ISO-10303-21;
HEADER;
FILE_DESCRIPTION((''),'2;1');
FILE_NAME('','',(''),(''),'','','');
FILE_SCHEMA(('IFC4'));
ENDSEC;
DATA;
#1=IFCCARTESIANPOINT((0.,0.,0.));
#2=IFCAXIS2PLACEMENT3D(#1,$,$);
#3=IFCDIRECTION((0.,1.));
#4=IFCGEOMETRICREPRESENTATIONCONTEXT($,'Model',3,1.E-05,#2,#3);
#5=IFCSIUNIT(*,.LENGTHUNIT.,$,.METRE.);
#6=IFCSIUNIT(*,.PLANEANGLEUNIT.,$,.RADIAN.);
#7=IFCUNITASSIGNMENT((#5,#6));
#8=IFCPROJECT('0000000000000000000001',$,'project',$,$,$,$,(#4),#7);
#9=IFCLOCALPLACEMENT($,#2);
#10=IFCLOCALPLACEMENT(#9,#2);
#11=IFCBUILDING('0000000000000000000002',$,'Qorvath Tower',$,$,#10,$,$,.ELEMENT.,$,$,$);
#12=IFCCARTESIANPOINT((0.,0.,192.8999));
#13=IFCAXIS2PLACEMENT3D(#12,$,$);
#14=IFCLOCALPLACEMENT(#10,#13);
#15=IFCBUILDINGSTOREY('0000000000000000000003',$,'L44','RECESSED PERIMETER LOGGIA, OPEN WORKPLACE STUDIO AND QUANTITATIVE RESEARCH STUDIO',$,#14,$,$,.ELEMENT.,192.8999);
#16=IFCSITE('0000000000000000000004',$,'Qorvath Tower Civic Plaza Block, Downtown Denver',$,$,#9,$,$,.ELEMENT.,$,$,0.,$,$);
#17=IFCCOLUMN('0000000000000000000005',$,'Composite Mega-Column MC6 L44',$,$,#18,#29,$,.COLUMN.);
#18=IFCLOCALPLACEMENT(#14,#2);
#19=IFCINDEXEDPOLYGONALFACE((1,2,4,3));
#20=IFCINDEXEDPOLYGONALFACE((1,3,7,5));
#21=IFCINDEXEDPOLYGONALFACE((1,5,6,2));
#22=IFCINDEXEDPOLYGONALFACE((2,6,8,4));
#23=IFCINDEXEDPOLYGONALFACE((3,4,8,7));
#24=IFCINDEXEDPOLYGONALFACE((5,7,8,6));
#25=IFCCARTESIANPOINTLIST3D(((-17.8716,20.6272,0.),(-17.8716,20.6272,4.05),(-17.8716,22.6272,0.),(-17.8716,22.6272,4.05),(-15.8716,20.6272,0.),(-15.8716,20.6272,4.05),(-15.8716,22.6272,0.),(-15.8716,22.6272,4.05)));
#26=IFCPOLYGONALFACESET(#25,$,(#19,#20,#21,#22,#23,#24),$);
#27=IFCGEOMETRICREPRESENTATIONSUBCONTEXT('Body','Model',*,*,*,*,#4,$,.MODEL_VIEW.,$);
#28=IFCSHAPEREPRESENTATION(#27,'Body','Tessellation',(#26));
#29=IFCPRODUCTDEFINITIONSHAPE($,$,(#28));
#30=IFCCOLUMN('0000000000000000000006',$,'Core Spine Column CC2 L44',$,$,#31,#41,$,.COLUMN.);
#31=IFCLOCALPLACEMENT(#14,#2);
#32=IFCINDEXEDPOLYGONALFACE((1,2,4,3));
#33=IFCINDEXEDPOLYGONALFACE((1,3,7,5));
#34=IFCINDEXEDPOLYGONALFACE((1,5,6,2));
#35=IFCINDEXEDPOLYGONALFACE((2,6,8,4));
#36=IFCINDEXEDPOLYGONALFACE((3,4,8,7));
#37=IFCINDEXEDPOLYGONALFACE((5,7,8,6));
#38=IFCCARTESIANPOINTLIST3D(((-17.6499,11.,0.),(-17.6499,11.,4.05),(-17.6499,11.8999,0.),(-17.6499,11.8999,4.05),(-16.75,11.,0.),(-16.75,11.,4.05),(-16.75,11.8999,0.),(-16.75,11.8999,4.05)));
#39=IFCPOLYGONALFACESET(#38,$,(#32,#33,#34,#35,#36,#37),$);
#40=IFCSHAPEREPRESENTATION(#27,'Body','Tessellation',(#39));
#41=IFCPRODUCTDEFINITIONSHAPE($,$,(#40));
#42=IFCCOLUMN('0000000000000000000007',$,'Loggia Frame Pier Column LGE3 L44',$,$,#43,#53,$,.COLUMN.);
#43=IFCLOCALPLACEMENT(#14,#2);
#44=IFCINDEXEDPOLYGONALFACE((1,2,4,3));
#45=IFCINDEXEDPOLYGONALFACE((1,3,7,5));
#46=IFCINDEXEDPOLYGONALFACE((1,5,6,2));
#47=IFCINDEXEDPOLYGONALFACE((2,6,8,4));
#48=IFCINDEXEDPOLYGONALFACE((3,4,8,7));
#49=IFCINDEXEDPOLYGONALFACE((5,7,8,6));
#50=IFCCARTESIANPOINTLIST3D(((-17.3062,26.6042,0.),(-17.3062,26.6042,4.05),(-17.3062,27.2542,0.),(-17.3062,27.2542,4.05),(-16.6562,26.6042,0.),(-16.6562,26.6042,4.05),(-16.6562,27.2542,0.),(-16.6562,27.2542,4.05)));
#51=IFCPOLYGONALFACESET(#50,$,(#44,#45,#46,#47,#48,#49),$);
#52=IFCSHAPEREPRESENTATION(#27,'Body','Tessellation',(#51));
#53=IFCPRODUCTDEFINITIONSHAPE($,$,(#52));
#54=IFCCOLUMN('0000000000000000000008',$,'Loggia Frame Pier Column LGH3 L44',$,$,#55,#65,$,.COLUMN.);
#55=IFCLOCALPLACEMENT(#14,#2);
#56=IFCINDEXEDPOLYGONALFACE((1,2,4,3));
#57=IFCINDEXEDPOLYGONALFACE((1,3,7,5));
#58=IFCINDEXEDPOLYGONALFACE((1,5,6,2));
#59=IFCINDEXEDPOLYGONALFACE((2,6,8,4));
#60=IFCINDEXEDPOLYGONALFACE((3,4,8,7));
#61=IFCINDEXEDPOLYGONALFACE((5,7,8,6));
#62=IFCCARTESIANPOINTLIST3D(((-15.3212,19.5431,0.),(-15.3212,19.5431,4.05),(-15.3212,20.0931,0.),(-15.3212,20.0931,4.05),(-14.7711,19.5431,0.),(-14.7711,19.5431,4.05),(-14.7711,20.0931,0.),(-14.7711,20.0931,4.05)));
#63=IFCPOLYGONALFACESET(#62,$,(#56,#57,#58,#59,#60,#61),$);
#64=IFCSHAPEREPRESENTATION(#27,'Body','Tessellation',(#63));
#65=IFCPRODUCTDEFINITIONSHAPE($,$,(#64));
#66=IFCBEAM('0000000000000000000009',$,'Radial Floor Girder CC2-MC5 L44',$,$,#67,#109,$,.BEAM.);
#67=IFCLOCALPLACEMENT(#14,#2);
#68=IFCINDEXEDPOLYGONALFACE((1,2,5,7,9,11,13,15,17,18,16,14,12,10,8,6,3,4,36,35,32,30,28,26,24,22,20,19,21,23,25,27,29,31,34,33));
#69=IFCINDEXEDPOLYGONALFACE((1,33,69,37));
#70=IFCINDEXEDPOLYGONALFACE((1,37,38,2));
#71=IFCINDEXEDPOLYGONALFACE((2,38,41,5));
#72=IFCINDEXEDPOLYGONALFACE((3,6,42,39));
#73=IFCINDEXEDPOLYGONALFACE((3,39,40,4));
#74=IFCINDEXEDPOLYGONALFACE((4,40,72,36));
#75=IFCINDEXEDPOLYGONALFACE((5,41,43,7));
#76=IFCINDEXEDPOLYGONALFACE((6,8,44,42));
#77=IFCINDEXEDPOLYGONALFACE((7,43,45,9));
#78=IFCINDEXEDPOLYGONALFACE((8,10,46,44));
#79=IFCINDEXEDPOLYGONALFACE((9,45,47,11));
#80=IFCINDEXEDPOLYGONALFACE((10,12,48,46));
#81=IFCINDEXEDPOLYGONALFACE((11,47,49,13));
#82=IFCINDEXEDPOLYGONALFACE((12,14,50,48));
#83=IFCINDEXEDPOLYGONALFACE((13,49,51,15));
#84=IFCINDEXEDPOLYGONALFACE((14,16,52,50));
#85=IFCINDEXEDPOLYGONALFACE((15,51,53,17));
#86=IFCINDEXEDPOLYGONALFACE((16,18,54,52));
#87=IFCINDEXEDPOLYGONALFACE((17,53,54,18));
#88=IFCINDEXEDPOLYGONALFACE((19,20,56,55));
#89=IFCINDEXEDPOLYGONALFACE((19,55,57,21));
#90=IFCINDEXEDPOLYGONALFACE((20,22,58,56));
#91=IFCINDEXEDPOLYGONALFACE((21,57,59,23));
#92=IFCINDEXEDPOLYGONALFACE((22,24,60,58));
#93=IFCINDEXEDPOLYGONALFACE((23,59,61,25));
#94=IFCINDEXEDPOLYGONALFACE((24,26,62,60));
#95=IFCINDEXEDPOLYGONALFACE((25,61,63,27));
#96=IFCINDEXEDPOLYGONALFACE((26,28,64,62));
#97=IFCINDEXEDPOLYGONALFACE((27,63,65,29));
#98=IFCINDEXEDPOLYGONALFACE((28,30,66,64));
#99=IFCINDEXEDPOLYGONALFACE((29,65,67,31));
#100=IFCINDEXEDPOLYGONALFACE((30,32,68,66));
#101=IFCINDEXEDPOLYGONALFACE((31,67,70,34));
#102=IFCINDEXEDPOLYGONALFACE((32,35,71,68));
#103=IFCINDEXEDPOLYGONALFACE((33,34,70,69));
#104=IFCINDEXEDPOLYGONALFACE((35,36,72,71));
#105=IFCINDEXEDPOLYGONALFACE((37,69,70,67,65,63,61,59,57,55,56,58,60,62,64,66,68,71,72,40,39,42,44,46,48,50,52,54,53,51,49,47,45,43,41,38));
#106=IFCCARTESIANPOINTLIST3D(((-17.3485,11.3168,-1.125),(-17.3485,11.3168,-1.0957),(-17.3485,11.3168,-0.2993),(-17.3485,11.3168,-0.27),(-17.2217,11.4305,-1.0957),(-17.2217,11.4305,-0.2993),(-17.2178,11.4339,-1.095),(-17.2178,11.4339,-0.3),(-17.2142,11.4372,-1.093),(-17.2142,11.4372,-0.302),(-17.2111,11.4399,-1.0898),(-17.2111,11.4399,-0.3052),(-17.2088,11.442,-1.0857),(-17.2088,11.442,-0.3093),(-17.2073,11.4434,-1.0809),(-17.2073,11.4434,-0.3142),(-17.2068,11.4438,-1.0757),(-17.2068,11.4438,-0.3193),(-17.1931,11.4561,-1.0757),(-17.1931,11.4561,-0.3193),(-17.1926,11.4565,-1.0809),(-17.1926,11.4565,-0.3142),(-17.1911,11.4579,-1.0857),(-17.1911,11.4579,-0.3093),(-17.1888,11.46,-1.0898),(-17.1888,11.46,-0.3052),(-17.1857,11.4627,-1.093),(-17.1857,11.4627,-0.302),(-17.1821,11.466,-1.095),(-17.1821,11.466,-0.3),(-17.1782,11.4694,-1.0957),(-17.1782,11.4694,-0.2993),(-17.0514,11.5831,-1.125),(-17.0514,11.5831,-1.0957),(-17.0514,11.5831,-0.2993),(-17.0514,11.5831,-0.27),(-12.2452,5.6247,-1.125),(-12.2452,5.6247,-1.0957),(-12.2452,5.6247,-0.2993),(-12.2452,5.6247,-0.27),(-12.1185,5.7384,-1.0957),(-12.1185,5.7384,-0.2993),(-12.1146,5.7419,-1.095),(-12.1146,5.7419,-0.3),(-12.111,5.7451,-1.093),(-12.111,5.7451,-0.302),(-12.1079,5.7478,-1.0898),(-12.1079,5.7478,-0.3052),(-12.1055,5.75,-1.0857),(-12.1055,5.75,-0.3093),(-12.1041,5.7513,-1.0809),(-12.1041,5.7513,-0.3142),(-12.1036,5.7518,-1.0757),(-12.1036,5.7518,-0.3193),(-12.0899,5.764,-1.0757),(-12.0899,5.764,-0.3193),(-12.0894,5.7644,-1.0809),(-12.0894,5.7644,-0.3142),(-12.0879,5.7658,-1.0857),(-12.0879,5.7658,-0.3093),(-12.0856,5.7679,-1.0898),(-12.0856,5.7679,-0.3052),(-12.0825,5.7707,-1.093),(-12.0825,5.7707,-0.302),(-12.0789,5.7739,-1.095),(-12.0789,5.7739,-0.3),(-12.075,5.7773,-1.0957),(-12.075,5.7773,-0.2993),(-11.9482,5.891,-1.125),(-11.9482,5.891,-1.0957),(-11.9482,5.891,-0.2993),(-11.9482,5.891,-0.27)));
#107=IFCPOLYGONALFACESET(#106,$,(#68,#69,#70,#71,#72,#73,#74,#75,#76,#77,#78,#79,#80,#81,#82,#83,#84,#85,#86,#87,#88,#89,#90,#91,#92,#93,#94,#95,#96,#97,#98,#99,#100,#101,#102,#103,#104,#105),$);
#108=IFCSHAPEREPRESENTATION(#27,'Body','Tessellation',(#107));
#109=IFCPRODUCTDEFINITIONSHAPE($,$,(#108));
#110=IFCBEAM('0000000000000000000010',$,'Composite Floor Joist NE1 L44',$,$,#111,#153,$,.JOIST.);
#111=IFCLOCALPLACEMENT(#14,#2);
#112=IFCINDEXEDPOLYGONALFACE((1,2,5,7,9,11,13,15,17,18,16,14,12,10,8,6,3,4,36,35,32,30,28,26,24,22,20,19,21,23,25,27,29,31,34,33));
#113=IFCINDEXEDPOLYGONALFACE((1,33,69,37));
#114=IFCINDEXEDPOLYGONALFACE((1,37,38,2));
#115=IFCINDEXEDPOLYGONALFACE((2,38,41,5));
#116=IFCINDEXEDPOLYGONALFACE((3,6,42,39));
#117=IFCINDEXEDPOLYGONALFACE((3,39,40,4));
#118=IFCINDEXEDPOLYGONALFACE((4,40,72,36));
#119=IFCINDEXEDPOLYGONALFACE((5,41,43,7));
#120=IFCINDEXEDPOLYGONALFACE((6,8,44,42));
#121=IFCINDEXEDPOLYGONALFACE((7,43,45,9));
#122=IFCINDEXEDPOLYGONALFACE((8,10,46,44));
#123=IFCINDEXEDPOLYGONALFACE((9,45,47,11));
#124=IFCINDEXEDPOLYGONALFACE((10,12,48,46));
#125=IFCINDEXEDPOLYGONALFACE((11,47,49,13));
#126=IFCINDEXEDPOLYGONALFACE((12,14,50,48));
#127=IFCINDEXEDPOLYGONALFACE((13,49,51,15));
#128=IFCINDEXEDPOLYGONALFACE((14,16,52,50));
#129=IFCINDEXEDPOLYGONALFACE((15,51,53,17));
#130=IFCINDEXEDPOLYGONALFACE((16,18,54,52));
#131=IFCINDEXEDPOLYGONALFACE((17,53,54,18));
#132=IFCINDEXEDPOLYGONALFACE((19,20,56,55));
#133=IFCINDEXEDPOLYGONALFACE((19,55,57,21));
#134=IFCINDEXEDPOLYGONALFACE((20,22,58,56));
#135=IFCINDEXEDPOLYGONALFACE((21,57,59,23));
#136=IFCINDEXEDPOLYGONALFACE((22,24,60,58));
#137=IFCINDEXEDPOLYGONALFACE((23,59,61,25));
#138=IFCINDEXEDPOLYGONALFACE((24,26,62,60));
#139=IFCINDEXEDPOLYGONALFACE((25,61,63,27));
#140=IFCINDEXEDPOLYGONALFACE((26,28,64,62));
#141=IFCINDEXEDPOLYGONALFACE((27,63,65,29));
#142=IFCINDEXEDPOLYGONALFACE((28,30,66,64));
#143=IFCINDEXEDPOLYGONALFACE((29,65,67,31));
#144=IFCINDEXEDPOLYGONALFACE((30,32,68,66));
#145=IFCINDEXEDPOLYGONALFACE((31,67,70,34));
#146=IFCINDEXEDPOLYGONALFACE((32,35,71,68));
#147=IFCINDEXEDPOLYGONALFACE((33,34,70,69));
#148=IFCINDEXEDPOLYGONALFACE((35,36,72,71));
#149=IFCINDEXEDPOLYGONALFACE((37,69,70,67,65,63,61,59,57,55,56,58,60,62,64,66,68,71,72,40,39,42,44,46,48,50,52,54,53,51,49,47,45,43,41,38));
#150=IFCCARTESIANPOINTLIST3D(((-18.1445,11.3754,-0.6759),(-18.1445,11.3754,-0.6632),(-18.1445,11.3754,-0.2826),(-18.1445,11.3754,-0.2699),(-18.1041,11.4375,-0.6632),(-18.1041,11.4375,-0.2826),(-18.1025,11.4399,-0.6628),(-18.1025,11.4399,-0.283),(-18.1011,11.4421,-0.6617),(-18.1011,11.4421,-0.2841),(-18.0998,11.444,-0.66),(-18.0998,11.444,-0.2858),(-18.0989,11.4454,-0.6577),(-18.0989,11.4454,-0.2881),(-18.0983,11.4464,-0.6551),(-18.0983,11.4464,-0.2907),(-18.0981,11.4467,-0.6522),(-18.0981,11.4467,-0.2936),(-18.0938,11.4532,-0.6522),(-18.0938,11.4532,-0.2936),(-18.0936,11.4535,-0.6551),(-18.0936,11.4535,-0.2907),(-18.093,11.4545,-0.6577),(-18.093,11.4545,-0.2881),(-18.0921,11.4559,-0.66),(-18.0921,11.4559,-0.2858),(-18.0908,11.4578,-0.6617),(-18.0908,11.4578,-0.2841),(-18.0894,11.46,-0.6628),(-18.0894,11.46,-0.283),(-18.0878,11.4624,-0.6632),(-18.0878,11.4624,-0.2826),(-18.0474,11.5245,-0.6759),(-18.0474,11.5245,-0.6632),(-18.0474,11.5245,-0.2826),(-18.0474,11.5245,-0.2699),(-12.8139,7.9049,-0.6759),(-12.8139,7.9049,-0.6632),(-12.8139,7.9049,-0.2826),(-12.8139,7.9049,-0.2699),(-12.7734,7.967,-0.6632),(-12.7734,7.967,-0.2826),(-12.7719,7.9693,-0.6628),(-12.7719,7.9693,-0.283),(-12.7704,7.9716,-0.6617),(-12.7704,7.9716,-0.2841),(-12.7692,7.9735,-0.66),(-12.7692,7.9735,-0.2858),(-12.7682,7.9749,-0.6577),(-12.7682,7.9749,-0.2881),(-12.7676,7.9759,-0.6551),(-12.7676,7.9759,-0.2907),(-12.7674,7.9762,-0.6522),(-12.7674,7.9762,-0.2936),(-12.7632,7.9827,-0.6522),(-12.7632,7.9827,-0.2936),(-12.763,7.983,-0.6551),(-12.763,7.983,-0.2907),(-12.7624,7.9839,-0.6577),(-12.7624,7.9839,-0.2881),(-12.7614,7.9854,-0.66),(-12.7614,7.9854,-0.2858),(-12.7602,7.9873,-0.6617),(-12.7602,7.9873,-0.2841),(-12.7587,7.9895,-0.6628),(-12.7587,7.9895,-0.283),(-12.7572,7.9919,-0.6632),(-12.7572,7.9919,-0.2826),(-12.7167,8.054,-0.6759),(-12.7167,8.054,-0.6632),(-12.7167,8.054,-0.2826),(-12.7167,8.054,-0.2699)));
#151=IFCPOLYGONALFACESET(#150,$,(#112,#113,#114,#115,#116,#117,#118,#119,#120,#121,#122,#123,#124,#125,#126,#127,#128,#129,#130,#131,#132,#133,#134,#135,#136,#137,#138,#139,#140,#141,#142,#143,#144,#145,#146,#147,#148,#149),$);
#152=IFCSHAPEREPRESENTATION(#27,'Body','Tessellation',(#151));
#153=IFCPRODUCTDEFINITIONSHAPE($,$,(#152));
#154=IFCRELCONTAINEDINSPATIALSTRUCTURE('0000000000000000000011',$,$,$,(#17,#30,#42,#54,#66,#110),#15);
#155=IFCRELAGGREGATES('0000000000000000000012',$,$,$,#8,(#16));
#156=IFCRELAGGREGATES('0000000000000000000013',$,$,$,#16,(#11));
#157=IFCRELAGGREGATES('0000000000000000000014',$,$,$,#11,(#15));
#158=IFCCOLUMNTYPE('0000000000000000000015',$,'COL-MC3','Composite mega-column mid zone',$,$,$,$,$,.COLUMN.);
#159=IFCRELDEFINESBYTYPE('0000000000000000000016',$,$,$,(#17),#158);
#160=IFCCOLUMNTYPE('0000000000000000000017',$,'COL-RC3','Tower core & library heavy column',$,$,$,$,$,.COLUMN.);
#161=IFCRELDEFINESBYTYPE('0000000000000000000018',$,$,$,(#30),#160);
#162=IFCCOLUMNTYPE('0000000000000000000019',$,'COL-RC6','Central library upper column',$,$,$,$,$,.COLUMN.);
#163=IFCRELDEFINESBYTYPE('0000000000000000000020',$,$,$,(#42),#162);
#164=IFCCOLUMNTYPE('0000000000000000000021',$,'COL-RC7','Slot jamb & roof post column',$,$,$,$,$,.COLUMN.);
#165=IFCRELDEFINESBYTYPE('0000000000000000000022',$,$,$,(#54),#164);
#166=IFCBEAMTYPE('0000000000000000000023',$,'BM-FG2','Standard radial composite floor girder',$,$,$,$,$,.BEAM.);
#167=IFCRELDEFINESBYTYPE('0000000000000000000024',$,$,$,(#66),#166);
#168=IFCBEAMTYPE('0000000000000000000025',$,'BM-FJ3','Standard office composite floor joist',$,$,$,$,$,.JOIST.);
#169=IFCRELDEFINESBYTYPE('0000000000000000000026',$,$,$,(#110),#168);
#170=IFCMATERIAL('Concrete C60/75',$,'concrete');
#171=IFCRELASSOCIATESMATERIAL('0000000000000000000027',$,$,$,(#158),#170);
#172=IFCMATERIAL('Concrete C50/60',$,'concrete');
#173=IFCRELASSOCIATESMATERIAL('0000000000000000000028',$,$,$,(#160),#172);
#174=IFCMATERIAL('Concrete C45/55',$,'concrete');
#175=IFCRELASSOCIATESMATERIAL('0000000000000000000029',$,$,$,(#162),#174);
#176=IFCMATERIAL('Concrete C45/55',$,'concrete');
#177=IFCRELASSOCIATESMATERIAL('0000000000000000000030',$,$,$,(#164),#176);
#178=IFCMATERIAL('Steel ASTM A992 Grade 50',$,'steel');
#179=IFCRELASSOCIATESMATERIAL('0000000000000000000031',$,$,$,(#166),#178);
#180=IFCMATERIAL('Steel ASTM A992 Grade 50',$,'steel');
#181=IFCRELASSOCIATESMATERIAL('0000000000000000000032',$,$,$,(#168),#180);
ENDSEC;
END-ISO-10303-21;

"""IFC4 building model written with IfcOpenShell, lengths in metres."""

from ifc_helpers import new_model, si_unit, direction, frame, origin, origin_2d, place, context, subcontext, project, spatial, rectangle, i_section, extrude, material, material_profile, profile_set, type_object, element, save


model = new_model("IFC4")

# Units and contexts
model_context = context("Model", 3, precision=1e-05, world=origin(), true_north=direction((0.0, 1.0)))
body_context = subcontext(model_context, "Body", "Model", "MODEL_VIEW")
ifc_project = project(units=[si_unit("LENGTHUNIT", "METRE"), si_unit("PLANEANGLEUNIT", "RADIAN")], contexts=[model_context])

# Site, building, storey
site_placement = place(None, origin())
site = spatial("IfcSite", under=ifc_project, at=site_placement, Name="Qorvath Tower Civic Plaza Block, Downtown Denver", CompositionType="ELEMENT", RefElevation=0.0)
building_placement = place(site_placement, origin())
building = spatial("IfcBuilding", under=site, at=building_placement, Name="Qorvath Tower", CompositionType="ELEMENT")
storey_placement = place(building_placement, frame((0.0, 0.0, 192.8999)))
storey = spatial("IfcBuildingStorey", under=building, at=storey_placement, Name="L44", Description="RECESSED PERIMETER LOGGIA, OPEN WORKPLACE STUDIO AND QUANTITATIVE RESEARCH STUDIO", CompositionType="ELEMENT", Elevation=192.8999)

# Columns
ifc_material_1 = material(Name="Concrete C60/75", Category="concrete")
ifc_material_profile_1 = material_profile(ifc_material_1, rectangle(XDim=2.0, YDim=2.0, at=origin_2d()), Name="MC 2000x2000")
ifc_profile_set_1 = profile_set([ifc_material_profile_1], Name="Concrete C60/75")
column_type_1 = type_object("IfcColumnType", Name="COL-MC3", Description="Composite mega-column mid zone", PredefinedType="COLUMN", material=ifc_profile_set_1)
column_1_placement = place(storey_placement, frame((-16.8716, 21.6272, 0.0), z_axis=(0.0, 0.0, 1.0), x_axis=(1.0, 0.0, 0.0)))
element("IfcColumn", 1, at=column_1_placement, inside=storey, type_object=column_type_1, Name="Composite Mega-Column MC6 L44", PredefinedType="COLUMN", context=body_context, shape_type="SweptSolid", body=[
    extrude(rectangle(XDim=2.0, YDim=2.0, at=origin_2d()), origin(), (0.0, 0.0, 1.0), 4.05),
])
ifc_material_2 = material(Name="Concrete C50/60", Category="concrete")
ifc_material_profile_2 = material_profile(ifc_material_2, rectangle(XDim=0.8999, YDim=0.8999, at=origin_2d()), Name="RC 900x900")
ifc_profile_set_2 = profile_set([ifc_material_profile_2], Name="Concrete C50/60")
column_type_2 = type_object("IfcColumnType", Name="COL-RC3", Description="Tower core & library heavy column", PredefinedType="COLUMN", material=ifc_profile_set_2)
column_2_placement = place(storey_placement, frame((-17.2, 11.45, 0.0), z_axis=(0.0, 0.0, 1.0), x_axis=(1.0, 0.0, 0.0)))
element("IfcColumn", 2, at=column_2_placement, inside=storey, type_object=column_type_2, Name="Core Spine Column CC2 L44", PredefinedType="COLUMN", context=body_context, shape_type="SweptSolid", body=[
    extrude(rectangle(XDim=0.8999, YDim=0.8999, at=origin_2d()), origin(), (0.0, 0.0, 1.0), 4.05),
])
ifc_material_3 = material(Name="Concrete C45/55", Category="concrete")
ifc_material_profile_3 = material_profile(ifc_material_3, rectangle(XDim=0.6499, YDim=0.6499, at=origin_2d()), Name="RC 650x650")
ifc_profile_set_3 = profile_set([ifc_material_profile_3], Name="Concrete C45/55")
column_type_3 = type_object("IfcColumnType", Name="COL-RC6", Description="Central library upper column", PredefinedType="COLUMN", material=ifc_profile_set_3)
column_3_placement = place(storey_placement, frame((-16.9812, 26.9292, 0.0), z_axis=(0.0, 0.0, 1.0), x_axis=(1.0, 0.0, 0.0)))
element("IfcColumn", 3, at=column_3_placement, inside=storey, type_object=column_type_3, Name="Loggia Frame Pier Column LGE3 L44", PredefinedType="COLUMN", context=body_context, shape_type="SweptSolid", body=[
    extrude(rectangle(XDim=0.6499, YDim=0.6499, at=origin_2d()), origin(), (0.0, 0.0, 1.0), 4.05),
])
ifc_material_4 = material(Name="Concrete C45/55", Category="concrete")
ifc_material_profile_4 = material_profile(ifc_material_4, rectangle(XDim=0.55, YDim=0.55, at=origin_2d()), Name="RC 550x550")
ifc_profile_set_4 = profile_set([ifc_material_profile_4], Name="Concrete C45/55")
column_type_4 = type_object("IfcColumnType", Name="COL-RC7", Description="Slot jamb & roof post column", PredefinedType="COLUMN", material=ifc_profile_set_4)
column_4_placement = place(storey_placement, frame((-15.0461, 19.8181, 0.0), z_axis=(0.0, 0.0, 1.0), x_axis=(1.0, 0.0, 0.0)))
element("IfcColumn", 4, at=column_4_placement, inside=storey, type_object=column_type_4, Name="Loggia Frame Pier Column LGH3 L44", PredefinedType="COLUMN", context=body_context, shape_type="SweptSolid", body=[
    extrude(rectangle(XDim=0.55, YDim=0.55, at=origin_2d()), origin(), (0.0, 0.0, 1.0), 4.05),
])

# Beams
ifc_material_5 = material(Name="Steel ASTM A992 Grade 50", Category="steel")
ifc_material_profile_5 = material_profile(ifc_material_5, i_section(OverallWidth=0.3989, OverallDepth=0.855, WebThickness=0.0183, FlangeThickness=0.0293, FilletRadius=0.02, at=origin_2d()), Name="W33x201")
ifc_profile_set_5 = profile_set([ifc_material_profile_5], Name="Steel ASTM A992 Grade 50")
beam_type_1 = type_object("IfcBeamType", Name="BM-FG2", Description="Standard radial composite floor girder", PredefinedType="BEAM", material=ifc_profile_set_5)
beam_1_placement = place(storey_placement, frame((-17.2, 11.45, -0.6975), z_axis=(0.667543, -0.744571, 0.0), x_axis=(0.744571, 0.667543, 0.0)))
element("IfcBeam", 5, at=beam_1_placement, inside=storey, type_object=beam_type_1, Name="Radial Floor Girder CC2-MC5 L44", PredefinedType="BEAM", context=body_context, shape_type="SweptSolid", body=[
    extrude(i_section(OverallWidth=0.3989, OverallDepth=0.855, WebThickness=0.0183, FlangeThickness=0.0293, FilletRadius=0.02, at=origin_2d()), origin(), (0.0, 0.0, 1.0), 7.6448),
])
ifc_material_6 = material(Name="Steel ASTM A992 Grade 50", Category="steel")
ifc_material_profile_6 = material_profile(ifc_material_6, i_section(OverallWidth=0.178, OverallDepth=0.406, WebThickness=0.0078, FlangeThickness=0.0127, FilletRadius=0.011, at=origin_2d()), Name="W16x40")
ifc_profile_set_6 = profile_set([ifc_material_profile_6], Name="Steel ASTM A992 Grade 50")
beam_type_2 = type_object("IfcBeamType", Name="BM-FJ3", Description="Standard office composite floor joist", PredefinedType="JOIST", material=ifc_profile_set_6)
beam_2_placement = place(storey_placement, frame((-18.0959, 11.45, -0.4729), z_axis=(0.838042, -0.545606, 0.0), x_axis=(0.545606, 0.838042, 0.0)))
element("IfcBeam", 6, at=beam_2_placement, inside=storey, type_object=beam_type_2, Name="Composite Floor Joist NE1 L44", PredefinedType="JOIST", context=body_context, shape_type="SweptSolid", body=[
    extrude(i_section(OverallWidth=0.178, OverallDepth=0.406, WebThickness=0.0078, FlangeThickness=0.0127, FilletRadius=0.011, at=origin_2d()), origin(), (0.0, 0.0, 1.0), 6.3608),
])

save(model, "model.ifc")
